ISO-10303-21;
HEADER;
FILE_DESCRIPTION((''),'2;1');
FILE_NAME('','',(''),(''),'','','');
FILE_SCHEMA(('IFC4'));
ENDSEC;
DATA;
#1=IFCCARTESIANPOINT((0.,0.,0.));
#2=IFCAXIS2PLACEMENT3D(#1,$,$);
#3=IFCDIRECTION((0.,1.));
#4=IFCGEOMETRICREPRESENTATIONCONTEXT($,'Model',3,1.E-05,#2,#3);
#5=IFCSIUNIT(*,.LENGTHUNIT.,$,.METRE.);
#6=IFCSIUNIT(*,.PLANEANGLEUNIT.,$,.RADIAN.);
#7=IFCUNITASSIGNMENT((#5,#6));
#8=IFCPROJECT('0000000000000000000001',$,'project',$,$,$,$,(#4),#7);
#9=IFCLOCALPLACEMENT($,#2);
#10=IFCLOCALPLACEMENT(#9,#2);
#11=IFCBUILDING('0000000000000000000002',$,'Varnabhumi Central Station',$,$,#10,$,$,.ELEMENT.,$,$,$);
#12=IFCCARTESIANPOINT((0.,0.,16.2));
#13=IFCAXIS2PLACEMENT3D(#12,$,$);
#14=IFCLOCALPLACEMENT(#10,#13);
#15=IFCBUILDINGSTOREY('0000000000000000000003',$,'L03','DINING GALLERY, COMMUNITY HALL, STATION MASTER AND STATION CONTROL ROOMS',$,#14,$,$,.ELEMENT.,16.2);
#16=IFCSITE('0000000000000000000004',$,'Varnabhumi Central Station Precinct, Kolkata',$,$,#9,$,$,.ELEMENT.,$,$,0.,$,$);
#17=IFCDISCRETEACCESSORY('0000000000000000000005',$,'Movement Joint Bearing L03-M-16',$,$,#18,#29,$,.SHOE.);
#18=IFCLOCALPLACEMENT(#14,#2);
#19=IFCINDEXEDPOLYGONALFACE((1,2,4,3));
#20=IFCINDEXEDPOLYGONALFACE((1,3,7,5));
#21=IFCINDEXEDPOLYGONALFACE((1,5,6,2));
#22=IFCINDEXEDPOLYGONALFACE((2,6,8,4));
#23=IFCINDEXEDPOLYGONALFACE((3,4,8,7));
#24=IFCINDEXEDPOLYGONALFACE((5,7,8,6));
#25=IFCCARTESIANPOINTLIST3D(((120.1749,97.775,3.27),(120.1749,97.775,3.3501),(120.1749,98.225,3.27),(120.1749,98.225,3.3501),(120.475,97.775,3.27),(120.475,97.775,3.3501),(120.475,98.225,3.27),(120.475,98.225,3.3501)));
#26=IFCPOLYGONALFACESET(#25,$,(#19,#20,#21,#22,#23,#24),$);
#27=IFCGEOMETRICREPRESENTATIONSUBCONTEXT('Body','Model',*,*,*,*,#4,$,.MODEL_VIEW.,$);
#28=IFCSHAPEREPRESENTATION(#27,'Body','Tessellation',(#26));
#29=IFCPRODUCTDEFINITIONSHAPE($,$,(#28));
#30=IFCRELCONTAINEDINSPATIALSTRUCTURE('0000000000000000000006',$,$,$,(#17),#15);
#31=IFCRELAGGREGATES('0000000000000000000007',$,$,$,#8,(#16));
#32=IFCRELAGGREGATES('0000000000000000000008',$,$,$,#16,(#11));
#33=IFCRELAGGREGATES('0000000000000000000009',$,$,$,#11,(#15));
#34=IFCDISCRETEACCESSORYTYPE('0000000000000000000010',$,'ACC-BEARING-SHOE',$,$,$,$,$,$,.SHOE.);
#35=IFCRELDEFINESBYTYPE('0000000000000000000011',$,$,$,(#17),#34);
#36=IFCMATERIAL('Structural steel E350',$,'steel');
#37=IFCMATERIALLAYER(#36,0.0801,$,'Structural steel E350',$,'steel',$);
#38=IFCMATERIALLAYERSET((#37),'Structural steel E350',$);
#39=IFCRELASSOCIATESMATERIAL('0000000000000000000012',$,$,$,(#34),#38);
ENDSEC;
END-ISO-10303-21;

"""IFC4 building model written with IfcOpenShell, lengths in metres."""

from ifc_helpers import new_model, si_unit, direction, frame, origin, origin_2d, place, context, subcontext, project, spatial, rectangle, extrude, material, layer, layer_set, type_object, element, save


model = new_model("IFC4")

# Units and contexts
model_context = context("Model", 3, precision=1e-05, world=origin(), true_north=direction((0.0, 1.0)))
body_context = subcontext(model_context, "Body", "Model", "MODEL_VIEW")
ifc_project = project(units=[si_unit("LENGTHUNIT", "METRE"), si_unit("PLANEANGLEUNIT", "RADIAN")], contexts=[model_context])

# Site, building, storey
site_placement = place(None, origin())
site = spatial("IfcSite", under=ifc_project, at=site_placement, Name="Varnabhumi Central Station Precinct, Kolkata", CompositionType="ELEMENT", RefElevation=0.0)
building_placement = place(site_placement, origin())
building = spatial("IfcBuilding", under=site, at=building_placement, Name="Varnabhumi Central Station", CompositionType="ELEMENT")
storey_placement = place(building_placement, frame((0.0, 0.0, 16.2)))
storey = spatial("IfcBuildingStorey", under=building, at=storey_placement, Name="L03", Description="DINING GALLERY, COMMUNITY HALL, STATION MASTER AND STATION CONTROL ROOMS", CompositionType="ELEMENT", Elevation=16.2)

# Shared definitions
ifc_material_1 = material(Name="Structural steel E350", Category="steel")

# Discrete accessory
ifc_layer_1 = layer(ifc_material_1, 0.0801, Name="Structural steel E350", Category="steel")
ifc_layer_set_1 = layer_set([ifc_layer_1], Name="Structural steel E350")
discrete_accessory_type = type_object("IfcDiscreteAccessoryType", Name="ACC-BEARING-SHOE", PredefinedType="SHOE", material=ifc_layer_set_1)
for number, where, z_axis, x_axis, name in (
    (1, (120.325, 98.0, 3.27), (0.0, 0.0, 1.0), (1.0, 0.0, 0.0), "Movement Joint Bearing L03-M-16"),
):
    element("IfcDiscreteAccessory", number, at=place(storey_placement, frame(where, z_axis=z_axis, x_axis=x_axis)), inside=storey, type_object=discrete_accessory_type, Name=name, PredefinedType="SHOE", context=body_context, shape_type="SweptSolid", body=[
        extrude(rectangle(XDim=0.3, YDim=0.45, at=origin_2d()), origin(), (0.0, 0.0, 1.0), 0.0801),
    ])

save(model, "model.ifc")
